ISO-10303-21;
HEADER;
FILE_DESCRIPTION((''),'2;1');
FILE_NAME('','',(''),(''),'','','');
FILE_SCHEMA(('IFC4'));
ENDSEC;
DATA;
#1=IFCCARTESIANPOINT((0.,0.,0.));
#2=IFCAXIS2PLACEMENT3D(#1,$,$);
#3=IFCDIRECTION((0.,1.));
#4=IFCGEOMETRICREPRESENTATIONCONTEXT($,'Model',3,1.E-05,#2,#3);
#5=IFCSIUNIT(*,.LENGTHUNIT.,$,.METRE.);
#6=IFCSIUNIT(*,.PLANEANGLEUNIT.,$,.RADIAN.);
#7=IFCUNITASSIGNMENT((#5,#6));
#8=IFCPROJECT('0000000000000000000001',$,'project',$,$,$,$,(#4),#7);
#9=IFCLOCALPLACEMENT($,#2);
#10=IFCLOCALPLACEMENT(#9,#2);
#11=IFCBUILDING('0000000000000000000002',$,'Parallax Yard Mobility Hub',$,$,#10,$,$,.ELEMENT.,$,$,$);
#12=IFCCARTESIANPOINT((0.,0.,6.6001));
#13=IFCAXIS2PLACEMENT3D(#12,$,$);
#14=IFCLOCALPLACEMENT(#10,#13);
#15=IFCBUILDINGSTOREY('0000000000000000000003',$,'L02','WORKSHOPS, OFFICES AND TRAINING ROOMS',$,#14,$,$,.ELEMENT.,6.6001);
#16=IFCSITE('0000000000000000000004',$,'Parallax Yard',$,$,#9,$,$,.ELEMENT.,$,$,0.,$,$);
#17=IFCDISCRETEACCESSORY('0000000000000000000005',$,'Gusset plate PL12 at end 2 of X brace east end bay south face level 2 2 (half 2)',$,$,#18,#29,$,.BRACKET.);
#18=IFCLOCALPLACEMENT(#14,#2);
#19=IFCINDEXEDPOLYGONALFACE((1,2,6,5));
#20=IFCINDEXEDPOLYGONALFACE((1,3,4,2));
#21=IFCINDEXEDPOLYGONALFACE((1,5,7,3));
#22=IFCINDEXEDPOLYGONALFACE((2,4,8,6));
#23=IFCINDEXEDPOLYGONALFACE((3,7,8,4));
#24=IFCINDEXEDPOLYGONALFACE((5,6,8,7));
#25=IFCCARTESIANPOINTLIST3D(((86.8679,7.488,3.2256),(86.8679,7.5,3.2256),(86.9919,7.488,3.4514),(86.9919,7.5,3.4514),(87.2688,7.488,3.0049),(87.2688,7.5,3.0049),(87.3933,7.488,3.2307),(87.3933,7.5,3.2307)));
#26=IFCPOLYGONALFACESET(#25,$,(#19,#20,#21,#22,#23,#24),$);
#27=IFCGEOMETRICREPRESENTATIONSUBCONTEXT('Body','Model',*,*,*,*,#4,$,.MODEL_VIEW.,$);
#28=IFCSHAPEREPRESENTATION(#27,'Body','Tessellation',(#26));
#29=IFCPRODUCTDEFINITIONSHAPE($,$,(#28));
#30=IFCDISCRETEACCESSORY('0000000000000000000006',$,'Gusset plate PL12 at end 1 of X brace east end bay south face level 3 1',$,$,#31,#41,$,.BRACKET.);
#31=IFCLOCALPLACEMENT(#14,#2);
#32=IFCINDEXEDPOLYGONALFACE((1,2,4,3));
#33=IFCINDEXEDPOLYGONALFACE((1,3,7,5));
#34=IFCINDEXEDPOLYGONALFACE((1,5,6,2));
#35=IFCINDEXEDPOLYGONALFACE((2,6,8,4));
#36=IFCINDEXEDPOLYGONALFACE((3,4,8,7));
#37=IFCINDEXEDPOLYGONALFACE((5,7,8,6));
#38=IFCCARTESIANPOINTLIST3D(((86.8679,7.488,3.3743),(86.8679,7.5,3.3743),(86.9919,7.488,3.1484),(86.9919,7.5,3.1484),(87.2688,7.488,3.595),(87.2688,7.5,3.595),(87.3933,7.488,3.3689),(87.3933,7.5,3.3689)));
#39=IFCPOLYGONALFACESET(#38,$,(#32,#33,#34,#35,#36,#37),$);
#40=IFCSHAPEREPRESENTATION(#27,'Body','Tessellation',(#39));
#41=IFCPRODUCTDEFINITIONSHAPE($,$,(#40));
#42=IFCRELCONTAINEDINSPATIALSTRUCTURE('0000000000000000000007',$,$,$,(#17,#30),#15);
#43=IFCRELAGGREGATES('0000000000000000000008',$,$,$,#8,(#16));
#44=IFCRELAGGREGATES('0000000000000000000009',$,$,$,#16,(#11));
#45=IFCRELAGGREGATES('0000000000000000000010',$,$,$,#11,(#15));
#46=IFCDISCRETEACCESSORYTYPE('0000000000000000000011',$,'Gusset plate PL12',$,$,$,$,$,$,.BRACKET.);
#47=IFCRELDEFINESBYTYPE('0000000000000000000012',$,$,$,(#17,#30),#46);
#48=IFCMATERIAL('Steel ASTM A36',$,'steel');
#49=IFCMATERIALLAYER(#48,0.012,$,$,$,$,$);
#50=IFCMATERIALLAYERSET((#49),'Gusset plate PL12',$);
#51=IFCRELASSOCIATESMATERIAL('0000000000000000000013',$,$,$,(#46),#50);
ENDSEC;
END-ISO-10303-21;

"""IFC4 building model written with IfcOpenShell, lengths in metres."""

from ifc_helpers import new_model, si_unit, direction, frame, origin, place, context, subcontext, project, spatial, polyline, outline, extrude, material, layer, layer_set, type_object, element, save


model = new_model("IFC4")

# Units and contexts
model_context = context("Model", 3, precision=1e-05, world=origin(), true_north=direction((0.0, 1.0)))
body_context = subcontext(model_context, "Body", "Model", "MODEL_VIEW")
ifc_project = project(units=[si_unit("LENGTHUNIT", "METRE"), si_unit("PLANEANGLEUNIT", "RADIAN")], contexts=[model_context])

# Site, building, storey
site_placement = place(None, origin())
site = spatial("IfcSite", under=ifc_project, at=site_placement, Name="Parallax Yard", CompositionType="ELEMENT", RefElevation=0.0)
building_placement = place(site_placement, origin())
building = spatial("IfcBuilding", under=site, at=building_placement, Name="Parallax Yard Mobility Hub", CompositionType="ELEMENT")
storey_placement = place(building_placement, frame((0.0, 0.0, 6.6001)))
storey = spatial("IfcBuildingStorey", under=building, at=storey_placement, Name="L02", Description="WORKSHOPS, OFFICES AND TRAINING ROOMS", CompositionType="ELEMENT", Elevation=6.6001)

# Discrete accessories
ifc_material_1 = material(Name="Steel ASTM A36", Category="steel")
ifc_layer_1 = layer(ifc_material_1, 0.012)
ifc_layer_set_1 = layer_set([ifc_layer_1], Name="Gusset plate PL12")
discrete_accessory_type = type_object("IfcDiscreteAccessoryType", Name="Gusset plate PL12", PredefinedType="BRACKET", material=ifc_layer_set_1)
discrete_accessory_1_placement = place(storey_placement, frame((87.2688, 7.5, 3.0049), z_axis=(0.0, 1.0, 0.0), x_axis=(-0.876013, 0.0, 0.482287)))
element("IfcDiscreteAccessory", 1, at=discrete_accessory_1_placement, inside=storey, type_object=discrete_accessory_type, Name="Gusset plate PL12 at end 2 of X brace east end bay south face level 2 2 (half 2)", PredefinedType="BRACKET", context=body_context, shape_type="SweptSolid", body=[
    extrude(outline(polyline([(0.0, 0.0), (0.4576, 0.0), (0.4579, 0.2576), (-0.0002, 0.2579), (0.0, 0.0)])), origin(), (0.0, 0.0, -1.0), 0.012),
])
discrete_accessory_2_placement = place(storey_placement, frame((87.3933, 7.5, 3.3689), z_axis=(0.0, 1.0, 0.0), x_axis=(-0.876486, 0.0, -0.481427)))
element("IfcDiscreteAccessory", 2, at=discrete_accessory_2_placement, inside=storey, type_object=discrete_accessory_type, Name="Gusset plate PL12 at end 1 of X brace east end bay south face level 3 1", PredefinedType="BRACKET", context=body_context, shape_type="SweptSolid", body=[
    extrude(outline(polyline([(0.0, 0.0), (0.4579, 0.0), (0.4579, 0.2576), (0.0003, 0.2581), (0.0, 0.0)])), origin(), (0.0, 0.0, -1.0), 0.012),
])

save(model, "model.ifc")
